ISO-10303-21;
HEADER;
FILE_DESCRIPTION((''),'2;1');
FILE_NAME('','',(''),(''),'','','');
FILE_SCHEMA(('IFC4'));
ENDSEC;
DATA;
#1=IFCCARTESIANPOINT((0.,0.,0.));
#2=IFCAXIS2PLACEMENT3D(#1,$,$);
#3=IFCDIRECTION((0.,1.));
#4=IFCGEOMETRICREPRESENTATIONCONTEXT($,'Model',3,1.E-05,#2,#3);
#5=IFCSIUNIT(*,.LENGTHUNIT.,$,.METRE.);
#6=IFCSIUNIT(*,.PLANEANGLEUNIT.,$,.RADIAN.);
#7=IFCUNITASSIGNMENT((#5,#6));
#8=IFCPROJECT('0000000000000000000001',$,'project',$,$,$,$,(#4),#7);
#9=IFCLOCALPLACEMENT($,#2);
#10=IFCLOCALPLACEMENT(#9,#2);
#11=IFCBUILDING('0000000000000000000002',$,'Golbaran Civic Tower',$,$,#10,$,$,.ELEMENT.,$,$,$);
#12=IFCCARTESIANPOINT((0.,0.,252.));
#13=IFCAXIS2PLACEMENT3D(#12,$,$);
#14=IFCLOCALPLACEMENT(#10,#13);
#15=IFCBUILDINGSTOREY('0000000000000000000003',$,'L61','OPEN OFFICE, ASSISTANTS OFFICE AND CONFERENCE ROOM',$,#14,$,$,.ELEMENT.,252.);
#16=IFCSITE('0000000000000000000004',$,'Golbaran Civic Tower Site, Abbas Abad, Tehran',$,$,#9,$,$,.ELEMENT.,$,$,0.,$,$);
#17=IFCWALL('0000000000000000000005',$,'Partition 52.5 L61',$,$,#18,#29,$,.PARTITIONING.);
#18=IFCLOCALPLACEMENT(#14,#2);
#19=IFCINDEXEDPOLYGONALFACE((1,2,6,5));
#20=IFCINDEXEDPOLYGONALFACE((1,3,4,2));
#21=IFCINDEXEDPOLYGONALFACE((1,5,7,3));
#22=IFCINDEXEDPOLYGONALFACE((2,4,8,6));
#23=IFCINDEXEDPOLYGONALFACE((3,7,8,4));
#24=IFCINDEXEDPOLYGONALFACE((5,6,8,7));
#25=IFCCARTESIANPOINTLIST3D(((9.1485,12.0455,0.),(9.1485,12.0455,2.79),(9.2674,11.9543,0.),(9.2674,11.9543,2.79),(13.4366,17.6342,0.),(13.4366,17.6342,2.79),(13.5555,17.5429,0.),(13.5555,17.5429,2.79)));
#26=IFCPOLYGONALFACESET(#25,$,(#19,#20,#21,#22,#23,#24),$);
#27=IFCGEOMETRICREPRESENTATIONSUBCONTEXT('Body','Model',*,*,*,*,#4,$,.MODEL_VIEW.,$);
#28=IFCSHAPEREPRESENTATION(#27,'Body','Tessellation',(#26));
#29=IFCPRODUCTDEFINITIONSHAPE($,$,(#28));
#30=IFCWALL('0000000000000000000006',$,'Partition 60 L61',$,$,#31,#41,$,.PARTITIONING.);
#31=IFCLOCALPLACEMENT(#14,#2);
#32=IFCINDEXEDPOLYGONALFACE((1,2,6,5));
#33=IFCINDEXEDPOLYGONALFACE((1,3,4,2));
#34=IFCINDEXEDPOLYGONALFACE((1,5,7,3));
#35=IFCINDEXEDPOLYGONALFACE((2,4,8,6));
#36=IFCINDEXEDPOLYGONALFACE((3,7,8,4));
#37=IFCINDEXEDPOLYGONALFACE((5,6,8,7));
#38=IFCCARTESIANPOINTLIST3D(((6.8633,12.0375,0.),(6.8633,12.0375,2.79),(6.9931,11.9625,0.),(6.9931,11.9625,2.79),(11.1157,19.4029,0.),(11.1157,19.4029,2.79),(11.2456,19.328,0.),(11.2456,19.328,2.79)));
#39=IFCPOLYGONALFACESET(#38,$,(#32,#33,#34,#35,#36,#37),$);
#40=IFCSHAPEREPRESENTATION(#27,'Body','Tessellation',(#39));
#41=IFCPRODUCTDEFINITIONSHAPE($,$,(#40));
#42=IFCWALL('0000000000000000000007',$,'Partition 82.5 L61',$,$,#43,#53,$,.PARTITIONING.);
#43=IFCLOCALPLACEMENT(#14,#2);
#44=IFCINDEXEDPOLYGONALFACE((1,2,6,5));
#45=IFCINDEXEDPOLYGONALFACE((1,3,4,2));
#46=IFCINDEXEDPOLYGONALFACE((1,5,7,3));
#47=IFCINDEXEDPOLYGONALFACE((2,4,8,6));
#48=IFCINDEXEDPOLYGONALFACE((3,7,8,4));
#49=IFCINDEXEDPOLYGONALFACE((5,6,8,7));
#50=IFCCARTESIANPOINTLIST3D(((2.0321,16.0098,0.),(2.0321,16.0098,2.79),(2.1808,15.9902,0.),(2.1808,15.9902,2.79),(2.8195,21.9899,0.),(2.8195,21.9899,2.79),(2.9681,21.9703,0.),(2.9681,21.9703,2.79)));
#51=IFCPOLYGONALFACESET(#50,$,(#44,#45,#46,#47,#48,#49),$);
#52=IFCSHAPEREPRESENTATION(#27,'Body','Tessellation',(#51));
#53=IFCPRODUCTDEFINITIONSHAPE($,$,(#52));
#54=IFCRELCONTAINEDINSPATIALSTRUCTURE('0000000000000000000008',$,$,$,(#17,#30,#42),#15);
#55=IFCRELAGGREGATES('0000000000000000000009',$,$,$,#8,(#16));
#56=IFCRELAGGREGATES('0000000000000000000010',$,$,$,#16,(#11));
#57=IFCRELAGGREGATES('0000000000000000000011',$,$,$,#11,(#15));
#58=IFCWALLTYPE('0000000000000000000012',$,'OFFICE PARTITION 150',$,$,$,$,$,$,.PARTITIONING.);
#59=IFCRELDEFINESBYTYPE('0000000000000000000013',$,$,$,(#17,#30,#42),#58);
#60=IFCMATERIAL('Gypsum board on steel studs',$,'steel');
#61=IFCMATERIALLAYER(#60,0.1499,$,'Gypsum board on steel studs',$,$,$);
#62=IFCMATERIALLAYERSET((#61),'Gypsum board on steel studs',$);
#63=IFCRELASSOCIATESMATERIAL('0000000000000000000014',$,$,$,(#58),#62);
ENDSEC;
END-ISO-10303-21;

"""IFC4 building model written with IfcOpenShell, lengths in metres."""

from ifc_helpers import new_model, si_unit, direction, frame, frame_2d, origin, place, context, subcontext, project, spatial, rectangle, extrude, material, layer, layer_set, type_object, element, save


model = new_model("IFC4")

# Units and contexts
model_context = context("Model", 3, precision=1e-05, world=origin(), true_north=direction((0.0, 1.0)))
body_context = subcontext(model_context, "Body", "Model", "MODEL_VIEW")
ifc_project = project(units=[si_unit("LENGTHUNIT", "METRE"), si_unit("PLANEANGLEUNIT", "RADIAN")], contexts=[model_context])

# Site, building, storey
site_placement = place(None, origin())
site = spatial("IfcSite", under=ifc_project, at=site_placement, Name="Golbaran Civic Tower Site, Abbas Abad, Tehran", CompositionType="ELEMENT", RefElevation=0.0)
building_placement = place(site_placement, origin())
building = spatial("IfcBuilding", under=site, at=building_placement, Name="Golbaran Civic Tower", CompositionType="ELEMENT")
storey_placement = place(building_placement, frame((0.0, 0.0, 252.0)))
storey = spatial("IfcBuildingStorey", under=building, at=storey_placement, Name="L61", Description="OPEN OFFICE, ASSISTANTS OFFICE AND CONFERENCE ROOM", CompositionType="ELEMENT", Elevation=252.0)

# Walls
ifc_material_1 = material(Name="Gypsum board on steel studs", Category="steel")
ifc_layer_1 = layer(ifc_material_1, 0.1499, Name="Gypsum board on steel studs")
ifc_layer_set_1 = layer_set([ifc_layer_1], Name="Gypsum board on steel studs")
wall_type_1 = type_object("IfcWallType", Name="OFFICE PARTITION 150", PredefinedType="PARTITIONING", material=ifc_layer_set_1)
wall_1_placement = place(storey_placement, frame((9.208, 12.0, 0.0), z_axis=(0.0, 0.0, 1.0), x_axis=(0.608742, 0.793368, 0.0)))
element("IfcWall", 1, at=wall_1_placement, inside=storey, type_object=wall_type_1, Name="Partition 52.5 L61", PredefinedType="PARTITIONING", context=body_context, shape_type="SweptSolid", body=[
    extrude(rectangle(XDim=7.0442, YDim=0.1499, at=frame_2d((3.522, 0.0))), origin(), (0.0, 0.0, 1.0), 2.79),
])
wall_2_placement = place(storey_placement, frame((6.9282, 12.0, 0.0), z_axis=(0.0, 0.0, 1.0), x_axis=(0.499998, 0.866026, 0.0)))
element("IfcWall", 2, at=wall_2_placement, inside=storey, type_object=wall_type_1, Name="Partition 60 L61", PredefinedType="PARTITIONING", context=body_context, shape_type="SweptSolid", body=[
    extrude(rectangle(XDim=8.5049, YDim=0.1499, at=frame_2d((4.2524, 0.0))), origin(), (0.0, 0.0, 1.0), 2.79),
])
wall_3_placement = place(storey_placement, frame((2.1064, 16.0, 0.0), z_axis=(0.0, 0.0, 1.0), x_axis=(0.130533, 0.991444, 0.0)))
element("IfcWall", 3, at=wall_3_placement, inside=storey, type_object=wall_type_1, Name="Partition 82.5 L61", PredefinedType="PARTITIONING", context=body_context, shape_type="SweptSolid", body=[
    extrude(rectangle(XDim=6.0317, YDim=0.1499, at=frame_2d((3.0159, 0.0))), origin(), (0.0, 0.0, 1.0), 2.79),
])

save(model, "model.ifc")
